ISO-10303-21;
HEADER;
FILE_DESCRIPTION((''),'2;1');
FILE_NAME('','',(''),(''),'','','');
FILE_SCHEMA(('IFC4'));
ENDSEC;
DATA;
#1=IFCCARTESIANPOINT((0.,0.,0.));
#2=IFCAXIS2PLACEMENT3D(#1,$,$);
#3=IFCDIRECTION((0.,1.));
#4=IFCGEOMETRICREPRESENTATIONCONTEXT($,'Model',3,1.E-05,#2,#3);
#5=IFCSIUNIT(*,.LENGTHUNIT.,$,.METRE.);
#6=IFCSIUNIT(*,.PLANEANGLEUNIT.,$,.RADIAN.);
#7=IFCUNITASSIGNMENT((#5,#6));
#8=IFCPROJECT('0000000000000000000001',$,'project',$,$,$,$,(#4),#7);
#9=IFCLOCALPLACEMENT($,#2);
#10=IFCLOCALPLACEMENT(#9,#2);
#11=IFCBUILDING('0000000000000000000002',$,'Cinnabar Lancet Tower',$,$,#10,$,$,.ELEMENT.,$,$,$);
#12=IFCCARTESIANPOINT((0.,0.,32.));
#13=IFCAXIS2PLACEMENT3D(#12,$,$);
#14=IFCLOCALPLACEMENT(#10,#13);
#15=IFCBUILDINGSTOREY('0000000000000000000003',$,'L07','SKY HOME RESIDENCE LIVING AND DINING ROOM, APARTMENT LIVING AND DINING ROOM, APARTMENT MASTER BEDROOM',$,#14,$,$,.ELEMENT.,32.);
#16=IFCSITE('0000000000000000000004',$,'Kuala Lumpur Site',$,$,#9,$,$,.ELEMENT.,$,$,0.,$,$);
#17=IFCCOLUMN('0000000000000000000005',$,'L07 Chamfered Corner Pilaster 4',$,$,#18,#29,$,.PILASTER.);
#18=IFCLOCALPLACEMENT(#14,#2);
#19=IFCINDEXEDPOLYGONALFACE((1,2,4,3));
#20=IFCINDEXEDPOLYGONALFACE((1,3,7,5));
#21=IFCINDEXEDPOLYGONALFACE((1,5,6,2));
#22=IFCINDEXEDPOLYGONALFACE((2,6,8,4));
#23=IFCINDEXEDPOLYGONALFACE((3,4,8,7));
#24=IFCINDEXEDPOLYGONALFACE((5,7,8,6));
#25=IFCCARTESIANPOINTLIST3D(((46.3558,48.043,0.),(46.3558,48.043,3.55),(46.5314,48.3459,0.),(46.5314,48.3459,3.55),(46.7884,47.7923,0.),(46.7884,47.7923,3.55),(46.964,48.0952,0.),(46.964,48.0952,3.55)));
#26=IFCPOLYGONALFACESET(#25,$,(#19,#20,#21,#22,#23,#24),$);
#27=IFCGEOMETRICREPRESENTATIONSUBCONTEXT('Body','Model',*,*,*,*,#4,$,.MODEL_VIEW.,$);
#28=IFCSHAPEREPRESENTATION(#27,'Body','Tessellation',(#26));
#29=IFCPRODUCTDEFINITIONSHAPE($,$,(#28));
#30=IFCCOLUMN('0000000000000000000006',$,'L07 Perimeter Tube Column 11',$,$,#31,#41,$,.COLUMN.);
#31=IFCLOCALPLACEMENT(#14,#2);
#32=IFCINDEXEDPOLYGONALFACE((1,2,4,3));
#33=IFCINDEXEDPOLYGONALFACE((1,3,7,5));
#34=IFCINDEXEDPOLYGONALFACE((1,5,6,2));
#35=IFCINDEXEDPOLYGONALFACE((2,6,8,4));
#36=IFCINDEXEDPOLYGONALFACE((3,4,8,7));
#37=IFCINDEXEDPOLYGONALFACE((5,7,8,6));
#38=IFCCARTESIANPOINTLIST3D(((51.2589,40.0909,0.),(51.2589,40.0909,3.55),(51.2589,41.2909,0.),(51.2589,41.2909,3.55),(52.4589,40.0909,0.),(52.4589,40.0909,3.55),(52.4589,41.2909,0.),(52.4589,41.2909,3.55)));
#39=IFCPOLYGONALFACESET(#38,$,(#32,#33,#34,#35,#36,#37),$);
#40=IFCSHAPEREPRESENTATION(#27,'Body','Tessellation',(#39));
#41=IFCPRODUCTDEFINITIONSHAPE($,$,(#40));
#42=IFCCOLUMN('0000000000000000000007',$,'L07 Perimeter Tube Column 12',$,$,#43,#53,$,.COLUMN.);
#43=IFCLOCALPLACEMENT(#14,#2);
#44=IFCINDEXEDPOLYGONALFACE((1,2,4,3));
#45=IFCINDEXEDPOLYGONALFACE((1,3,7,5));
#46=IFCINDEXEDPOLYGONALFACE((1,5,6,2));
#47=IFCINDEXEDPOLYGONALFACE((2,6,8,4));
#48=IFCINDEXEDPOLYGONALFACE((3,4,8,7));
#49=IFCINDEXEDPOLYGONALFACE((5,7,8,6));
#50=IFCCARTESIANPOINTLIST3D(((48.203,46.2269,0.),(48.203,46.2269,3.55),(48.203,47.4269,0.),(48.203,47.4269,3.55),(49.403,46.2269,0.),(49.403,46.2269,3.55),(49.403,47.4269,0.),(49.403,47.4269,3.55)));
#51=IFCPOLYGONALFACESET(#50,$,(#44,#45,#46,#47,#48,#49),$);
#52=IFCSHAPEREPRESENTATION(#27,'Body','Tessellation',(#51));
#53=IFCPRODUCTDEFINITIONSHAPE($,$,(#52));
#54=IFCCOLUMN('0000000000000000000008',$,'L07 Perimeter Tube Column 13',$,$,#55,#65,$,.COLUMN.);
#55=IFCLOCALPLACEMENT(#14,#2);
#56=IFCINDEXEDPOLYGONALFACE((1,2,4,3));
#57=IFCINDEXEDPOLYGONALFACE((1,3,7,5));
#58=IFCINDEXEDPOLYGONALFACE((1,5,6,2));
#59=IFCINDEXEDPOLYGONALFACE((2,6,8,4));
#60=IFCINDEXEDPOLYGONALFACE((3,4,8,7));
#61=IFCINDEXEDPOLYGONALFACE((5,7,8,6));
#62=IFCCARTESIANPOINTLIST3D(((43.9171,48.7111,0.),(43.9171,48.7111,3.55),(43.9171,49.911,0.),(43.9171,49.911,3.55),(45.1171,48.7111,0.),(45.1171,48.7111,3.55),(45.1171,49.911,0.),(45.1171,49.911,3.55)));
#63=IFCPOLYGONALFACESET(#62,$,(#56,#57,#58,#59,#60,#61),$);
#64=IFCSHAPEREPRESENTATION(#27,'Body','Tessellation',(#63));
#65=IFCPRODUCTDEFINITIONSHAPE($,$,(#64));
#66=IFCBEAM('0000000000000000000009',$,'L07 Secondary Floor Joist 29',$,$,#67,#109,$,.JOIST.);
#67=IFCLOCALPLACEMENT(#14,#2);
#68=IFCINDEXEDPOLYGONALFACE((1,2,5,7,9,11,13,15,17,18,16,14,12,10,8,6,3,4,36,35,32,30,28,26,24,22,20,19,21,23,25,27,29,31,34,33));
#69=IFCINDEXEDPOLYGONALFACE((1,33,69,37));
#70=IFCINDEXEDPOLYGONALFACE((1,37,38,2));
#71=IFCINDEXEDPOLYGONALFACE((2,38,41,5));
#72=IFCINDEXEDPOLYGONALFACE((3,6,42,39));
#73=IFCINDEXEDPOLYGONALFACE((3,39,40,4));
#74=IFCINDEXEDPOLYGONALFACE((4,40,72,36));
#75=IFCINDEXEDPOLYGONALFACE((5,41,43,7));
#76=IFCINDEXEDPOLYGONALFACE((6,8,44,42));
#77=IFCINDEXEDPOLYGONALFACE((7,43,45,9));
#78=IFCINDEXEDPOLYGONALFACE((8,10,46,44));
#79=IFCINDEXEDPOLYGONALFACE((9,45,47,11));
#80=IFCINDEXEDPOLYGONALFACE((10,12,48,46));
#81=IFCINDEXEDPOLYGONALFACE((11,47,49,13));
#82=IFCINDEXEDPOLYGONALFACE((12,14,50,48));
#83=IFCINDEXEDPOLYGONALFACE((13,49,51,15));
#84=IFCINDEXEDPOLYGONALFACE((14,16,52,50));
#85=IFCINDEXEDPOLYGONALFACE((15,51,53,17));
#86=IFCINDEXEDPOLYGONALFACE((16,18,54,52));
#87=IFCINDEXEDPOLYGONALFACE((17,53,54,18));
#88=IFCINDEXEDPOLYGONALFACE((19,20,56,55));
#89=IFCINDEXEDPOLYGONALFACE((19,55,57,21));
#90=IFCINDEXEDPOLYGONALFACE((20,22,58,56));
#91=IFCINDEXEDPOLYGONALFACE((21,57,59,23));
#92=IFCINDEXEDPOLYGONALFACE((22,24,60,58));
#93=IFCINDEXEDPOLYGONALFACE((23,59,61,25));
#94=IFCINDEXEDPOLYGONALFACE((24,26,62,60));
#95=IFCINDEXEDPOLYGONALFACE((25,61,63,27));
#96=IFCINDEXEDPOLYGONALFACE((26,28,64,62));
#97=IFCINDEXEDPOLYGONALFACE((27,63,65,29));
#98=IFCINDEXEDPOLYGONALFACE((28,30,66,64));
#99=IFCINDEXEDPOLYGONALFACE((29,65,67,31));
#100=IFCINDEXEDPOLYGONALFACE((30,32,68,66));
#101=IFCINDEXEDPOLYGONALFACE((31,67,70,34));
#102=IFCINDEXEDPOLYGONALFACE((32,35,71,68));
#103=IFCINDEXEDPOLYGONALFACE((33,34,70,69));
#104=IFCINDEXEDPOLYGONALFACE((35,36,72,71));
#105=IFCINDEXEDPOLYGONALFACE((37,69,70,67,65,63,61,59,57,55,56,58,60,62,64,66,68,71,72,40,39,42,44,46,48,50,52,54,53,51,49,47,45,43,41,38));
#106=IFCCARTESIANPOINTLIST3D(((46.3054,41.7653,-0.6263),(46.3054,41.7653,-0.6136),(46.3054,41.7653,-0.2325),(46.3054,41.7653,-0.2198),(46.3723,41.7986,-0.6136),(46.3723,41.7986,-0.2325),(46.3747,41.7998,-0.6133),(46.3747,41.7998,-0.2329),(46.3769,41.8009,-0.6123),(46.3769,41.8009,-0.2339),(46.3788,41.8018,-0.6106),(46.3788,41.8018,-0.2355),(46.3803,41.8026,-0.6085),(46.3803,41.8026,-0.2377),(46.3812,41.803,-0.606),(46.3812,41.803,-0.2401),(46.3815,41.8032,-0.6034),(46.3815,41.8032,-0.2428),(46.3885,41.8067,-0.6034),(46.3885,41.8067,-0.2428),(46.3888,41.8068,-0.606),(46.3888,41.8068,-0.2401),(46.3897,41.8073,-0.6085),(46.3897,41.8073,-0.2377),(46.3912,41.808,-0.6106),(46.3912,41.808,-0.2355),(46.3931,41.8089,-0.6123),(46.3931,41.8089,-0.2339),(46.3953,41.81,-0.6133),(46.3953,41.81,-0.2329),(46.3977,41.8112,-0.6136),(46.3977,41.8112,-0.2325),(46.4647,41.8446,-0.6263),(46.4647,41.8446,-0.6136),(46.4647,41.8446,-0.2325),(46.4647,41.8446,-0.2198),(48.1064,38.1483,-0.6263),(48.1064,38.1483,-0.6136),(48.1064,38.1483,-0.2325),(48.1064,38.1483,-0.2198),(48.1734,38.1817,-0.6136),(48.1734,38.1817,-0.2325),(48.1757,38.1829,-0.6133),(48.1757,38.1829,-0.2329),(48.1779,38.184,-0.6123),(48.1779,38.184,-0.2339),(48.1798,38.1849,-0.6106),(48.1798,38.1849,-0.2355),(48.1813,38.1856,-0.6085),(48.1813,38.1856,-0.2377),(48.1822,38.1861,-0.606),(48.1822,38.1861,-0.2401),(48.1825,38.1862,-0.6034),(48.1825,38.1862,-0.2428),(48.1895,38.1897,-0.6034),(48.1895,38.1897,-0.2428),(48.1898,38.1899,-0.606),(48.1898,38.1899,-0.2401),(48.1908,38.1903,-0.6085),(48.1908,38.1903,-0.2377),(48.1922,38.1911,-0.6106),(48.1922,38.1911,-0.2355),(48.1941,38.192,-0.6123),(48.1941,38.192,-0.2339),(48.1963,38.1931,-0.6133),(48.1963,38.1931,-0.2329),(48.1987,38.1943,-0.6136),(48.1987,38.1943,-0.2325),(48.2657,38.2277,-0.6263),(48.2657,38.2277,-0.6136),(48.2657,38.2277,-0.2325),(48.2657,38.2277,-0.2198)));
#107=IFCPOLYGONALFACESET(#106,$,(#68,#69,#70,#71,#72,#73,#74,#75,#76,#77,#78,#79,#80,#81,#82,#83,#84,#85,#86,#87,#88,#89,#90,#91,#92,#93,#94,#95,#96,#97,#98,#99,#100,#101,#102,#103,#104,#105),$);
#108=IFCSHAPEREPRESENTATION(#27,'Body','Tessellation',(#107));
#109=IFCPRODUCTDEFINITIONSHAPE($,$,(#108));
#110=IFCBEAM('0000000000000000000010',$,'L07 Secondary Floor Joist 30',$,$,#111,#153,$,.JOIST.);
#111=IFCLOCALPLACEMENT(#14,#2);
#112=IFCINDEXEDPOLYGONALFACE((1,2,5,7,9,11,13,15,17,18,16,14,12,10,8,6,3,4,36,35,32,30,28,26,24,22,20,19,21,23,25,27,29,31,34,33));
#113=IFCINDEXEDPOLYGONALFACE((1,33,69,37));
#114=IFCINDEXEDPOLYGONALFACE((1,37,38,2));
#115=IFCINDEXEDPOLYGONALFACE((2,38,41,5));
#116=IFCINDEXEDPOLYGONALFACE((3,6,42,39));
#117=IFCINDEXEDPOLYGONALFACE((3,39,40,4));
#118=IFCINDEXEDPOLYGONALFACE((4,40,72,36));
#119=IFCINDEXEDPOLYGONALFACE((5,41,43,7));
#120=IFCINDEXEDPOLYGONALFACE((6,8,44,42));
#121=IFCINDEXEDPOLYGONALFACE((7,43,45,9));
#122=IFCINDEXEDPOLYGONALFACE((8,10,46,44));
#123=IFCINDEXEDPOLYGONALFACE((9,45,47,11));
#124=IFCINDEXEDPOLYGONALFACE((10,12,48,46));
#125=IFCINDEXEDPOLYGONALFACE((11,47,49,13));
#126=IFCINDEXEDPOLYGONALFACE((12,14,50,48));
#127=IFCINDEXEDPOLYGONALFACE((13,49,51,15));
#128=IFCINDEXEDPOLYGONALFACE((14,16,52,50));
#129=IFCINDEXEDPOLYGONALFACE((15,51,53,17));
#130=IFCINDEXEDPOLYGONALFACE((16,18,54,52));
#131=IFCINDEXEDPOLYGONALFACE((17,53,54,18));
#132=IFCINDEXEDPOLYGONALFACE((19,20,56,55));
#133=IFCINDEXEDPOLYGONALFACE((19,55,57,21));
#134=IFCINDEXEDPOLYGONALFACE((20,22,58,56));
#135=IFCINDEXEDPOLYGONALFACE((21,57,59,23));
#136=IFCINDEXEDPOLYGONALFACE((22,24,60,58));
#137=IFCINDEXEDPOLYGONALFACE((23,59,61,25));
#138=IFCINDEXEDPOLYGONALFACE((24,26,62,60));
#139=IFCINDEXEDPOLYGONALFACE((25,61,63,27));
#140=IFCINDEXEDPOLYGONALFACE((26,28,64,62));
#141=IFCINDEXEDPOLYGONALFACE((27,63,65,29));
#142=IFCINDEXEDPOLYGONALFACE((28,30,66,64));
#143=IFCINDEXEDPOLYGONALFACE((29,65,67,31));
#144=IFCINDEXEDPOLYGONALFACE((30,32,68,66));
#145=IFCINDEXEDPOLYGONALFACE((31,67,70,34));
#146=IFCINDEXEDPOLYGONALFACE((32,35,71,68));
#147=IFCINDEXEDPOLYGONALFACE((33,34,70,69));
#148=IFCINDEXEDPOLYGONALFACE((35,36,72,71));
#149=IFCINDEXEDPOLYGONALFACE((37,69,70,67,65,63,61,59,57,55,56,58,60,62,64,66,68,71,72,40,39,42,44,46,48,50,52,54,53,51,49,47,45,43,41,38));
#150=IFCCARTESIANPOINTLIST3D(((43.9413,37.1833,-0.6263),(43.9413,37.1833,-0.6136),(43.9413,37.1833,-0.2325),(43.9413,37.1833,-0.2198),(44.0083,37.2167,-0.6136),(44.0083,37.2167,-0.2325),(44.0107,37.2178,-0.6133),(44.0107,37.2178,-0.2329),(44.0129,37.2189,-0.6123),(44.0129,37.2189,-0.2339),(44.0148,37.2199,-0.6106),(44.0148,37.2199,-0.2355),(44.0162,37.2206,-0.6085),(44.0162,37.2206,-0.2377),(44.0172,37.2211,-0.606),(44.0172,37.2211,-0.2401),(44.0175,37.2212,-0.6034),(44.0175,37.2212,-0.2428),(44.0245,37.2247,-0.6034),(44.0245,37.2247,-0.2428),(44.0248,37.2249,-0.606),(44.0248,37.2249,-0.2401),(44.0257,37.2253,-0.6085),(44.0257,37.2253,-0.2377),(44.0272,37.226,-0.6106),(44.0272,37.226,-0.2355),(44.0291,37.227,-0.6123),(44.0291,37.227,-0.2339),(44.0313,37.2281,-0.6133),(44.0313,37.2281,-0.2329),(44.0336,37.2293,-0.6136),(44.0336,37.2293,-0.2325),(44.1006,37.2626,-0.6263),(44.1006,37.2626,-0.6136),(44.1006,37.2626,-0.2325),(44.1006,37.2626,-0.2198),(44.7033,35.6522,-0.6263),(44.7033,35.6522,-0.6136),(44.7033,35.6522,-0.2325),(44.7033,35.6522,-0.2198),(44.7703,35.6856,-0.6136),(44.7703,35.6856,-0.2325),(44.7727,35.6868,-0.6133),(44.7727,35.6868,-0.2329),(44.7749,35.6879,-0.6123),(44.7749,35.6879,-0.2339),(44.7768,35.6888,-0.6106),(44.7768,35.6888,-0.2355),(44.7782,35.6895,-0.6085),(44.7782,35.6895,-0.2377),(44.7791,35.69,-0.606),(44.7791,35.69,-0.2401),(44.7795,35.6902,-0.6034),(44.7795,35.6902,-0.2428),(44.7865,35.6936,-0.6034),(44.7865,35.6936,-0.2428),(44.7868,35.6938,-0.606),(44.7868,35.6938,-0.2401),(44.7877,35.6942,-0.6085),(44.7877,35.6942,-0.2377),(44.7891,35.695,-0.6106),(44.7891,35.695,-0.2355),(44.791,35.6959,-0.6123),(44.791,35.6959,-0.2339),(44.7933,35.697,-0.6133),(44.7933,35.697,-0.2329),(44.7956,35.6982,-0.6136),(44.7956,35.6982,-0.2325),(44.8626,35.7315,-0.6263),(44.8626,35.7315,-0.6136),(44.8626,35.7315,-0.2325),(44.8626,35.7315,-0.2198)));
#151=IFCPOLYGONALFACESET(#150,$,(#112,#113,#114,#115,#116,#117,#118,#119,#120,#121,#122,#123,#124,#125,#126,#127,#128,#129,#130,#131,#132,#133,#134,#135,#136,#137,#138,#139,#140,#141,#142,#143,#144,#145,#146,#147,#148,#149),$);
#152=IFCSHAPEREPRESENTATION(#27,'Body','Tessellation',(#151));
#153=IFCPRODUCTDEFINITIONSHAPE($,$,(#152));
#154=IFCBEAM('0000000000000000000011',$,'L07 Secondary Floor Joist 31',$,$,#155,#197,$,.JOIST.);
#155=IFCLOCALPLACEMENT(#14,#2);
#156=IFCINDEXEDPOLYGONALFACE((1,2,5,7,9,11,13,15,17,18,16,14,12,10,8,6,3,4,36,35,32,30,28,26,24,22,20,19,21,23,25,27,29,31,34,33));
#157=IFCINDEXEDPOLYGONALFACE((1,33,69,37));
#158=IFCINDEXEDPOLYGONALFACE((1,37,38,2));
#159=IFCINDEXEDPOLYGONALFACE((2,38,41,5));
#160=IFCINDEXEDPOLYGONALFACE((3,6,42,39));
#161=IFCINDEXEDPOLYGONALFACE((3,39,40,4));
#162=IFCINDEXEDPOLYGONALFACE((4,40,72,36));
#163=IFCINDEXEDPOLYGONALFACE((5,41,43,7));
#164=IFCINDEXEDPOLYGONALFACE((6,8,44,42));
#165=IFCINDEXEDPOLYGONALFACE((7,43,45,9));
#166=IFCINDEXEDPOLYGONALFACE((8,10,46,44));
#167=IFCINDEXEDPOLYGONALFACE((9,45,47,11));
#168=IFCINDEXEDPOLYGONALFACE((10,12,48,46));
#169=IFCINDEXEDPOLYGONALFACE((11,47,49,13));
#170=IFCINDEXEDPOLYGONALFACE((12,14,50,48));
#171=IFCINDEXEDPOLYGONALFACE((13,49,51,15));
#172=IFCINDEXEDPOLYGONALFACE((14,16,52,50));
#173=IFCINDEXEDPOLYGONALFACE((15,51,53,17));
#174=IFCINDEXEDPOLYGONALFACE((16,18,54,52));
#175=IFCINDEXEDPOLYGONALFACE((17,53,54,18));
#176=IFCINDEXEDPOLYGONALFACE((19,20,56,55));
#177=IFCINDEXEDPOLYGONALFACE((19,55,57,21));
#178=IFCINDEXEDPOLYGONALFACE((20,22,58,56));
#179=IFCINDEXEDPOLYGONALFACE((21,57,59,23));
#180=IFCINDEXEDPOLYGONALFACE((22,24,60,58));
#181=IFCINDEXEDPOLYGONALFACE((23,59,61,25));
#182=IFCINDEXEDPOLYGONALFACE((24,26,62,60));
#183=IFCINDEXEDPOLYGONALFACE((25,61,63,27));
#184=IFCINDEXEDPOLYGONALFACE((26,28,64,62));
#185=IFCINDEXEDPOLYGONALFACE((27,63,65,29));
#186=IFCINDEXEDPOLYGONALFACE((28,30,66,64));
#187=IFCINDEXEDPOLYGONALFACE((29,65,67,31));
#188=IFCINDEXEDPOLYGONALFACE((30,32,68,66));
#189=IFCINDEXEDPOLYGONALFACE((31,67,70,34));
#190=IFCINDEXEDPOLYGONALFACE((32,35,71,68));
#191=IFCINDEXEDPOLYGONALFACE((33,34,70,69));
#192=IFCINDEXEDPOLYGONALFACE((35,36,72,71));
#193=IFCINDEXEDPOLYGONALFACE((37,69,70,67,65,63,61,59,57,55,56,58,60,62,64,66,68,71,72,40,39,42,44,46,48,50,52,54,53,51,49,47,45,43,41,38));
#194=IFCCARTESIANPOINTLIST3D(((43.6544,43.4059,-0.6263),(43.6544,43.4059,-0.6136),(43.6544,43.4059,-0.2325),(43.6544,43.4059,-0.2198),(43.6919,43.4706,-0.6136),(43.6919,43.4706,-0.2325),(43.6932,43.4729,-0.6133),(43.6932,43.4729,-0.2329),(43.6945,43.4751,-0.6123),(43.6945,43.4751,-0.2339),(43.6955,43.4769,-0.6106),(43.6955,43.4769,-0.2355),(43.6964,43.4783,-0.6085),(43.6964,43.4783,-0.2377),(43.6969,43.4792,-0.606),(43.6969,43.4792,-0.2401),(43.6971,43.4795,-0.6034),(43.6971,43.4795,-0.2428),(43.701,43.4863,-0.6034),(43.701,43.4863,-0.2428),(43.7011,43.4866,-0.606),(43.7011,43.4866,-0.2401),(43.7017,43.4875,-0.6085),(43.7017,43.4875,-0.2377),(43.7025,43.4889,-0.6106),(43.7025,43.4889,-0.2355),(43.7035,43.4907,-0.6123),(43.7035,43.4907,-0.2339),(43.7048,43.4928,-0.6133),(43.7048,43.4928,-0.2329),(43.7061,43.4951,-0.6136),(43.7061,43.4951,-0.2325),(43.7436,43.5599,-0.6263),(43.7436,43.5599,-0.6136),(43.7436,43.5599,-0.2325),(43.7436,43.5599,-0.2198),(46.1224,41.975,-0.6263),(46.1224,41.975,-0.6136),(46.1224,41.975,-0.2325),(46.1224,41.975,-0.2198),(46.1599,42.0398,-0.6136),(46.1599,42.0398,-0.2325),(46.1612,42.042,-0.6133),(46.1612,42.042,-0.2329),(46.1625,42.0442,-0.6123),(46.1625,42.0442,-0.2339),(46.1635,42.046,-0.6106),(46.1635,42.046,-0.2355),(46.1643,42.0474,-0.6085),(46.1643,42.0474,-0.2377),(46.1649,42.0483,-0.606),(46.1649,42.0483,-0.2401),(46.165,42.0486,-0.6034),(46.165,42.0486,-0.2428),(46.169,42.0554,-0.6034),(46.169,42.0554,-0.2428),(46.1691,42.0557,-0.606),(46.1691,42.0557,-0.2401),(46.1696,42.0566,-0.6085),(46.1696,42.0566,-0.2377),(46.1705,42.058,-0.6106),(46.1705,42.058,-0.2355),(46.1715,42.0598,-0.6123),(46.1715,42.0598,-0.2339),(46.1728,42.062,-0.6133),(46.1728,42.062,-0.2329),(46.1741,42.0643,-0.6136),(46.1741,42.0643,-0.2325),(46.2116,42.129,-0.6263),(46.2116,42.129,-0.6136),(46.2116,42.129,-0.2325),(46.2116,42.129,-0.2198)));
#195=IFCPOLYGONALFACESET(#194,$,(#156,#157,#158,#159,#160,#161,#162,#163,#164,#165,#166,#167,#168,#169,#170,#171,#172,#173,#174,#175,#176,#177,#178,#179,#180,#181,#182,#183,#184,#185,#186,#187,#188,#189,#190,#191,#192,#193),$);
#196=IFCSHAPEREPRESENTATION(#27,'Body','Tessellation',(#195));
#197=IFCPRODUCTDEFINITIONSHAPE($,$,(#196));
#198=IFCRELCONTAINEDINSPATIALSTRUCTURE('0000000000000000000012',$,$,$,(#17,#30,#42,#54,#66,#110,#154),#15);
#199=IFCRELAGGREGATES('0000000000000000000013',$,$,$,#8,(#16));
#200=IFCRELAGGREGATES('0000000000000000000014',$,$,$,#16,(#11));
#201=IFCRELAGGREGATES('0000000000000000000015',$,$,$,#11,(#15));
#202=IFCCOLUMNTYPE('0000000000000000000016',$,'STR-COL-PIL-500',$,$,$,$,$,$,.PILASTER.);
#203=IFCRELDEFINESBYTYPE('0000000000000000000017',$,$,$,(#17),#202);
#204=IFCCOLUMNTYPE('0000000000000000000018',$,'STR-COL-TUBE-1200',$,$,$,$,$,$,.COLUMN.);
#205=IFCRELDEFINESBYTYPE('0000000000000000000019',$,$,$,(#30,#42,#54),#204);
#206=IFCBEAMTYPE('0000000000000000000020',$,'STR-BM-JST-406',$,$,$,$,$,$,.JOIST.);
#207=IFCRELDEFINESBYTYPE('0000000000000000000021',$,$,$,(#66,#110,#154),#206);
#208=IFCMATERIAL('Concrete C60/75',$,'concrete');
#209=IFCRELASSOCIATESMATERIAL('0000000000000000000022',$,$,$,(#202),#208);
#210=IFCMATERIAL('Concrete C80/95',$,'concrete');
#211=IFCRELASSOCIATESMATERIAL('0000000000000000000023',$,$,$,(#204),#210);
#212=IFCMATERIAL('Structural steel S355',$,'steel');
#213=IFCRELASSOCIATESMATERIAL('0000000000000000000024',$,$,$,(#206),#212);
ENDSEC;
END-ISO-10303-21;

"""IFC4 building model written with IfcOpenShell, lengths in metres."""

from ifc_helpers import new_model, si_unit, direction, frame, origin, origin_2d, place, context, subcontext, project, spatial, rectangle, i_section, extrude, material, material_profile, profile_set, type_object, element, save


model = new_model("IFC4")

# Units and contexts
model_context = context("Model", 3, precision=1e-05, world=origin(), true_north=direction((0.0, 1.0)))
body_context = subcontext(model_context, "Body", "Model", "MODEL_VIEW")
ifc_project = project(units=[si_unit("LENGTHUNIT", "METRE"), si_unit("PLANEANGLEUNIT", "RADIAN")], contexts=[model_context])

# Site, building, storey
site_placement = place(None, origin())
site = spatial("IfcSite", under=ifc_project, at=site_placement, Name="Kuala Lumpur Site", CompositionType="ELEMENT", RefElevation=0.0)
building_placement = place(site_placement, origin())
building = spatial("IfcBuilding", under=site, at=building_placement, Name="Cinnabar Lancet Tower", CompositionType="ELEMENT")
storey_placement = place(building_placement, frame((0.0, 0.0, 32.0)))
storey = spatial("IfcBuildingStorey", under=building, at=storey_placement, Name="L07", Description="SKY HOME RESIDENCE LIVING AND DINING ROOM, APARTMENT LIVING AND DINING ROOM, APARTMENT MASTER BEDROOM", CompositionType="ELEMENT", Elevation=32.0)

# Columns
ifc_material_1 = material(Name="Concrete C60/75", Category="concrete")
ifc_material_profile_1 = material_profile(ifc_material_1, rectangle(XDim=0.5, YDim=0.3501, at=origin_2d()), Name="RC-PIL 500x350")
ifc_profile_set_1 = profile_set([ifc_material_profile_1], Name="Concrete C60/75")
column_type_1 = type_object("IfcColumnType", Name="STR-COL-PIL-500", PredefinedType="PILASTER", material=ifc_profile_set_1)
column_placement = place(storey_placement, frame((46.6599, 48.0691, 0.0), z_axis=(0.0, 0.0, 1.0), x_axis=(-0.865195, 0.501435, 0.0)))
element("IfcColumn", 1, at=column_placement, inside=storey, type_object=column_type_1, Name="L07 Chamfered Corner Pilaster 4", PredefinedType="PILASTER", context=body_context, shape_type="SweptSolid", body=[
    extrude(rectangle(XDim=0.5, YDim=0.3501, at=origin_2d()), origin(), (0.0, 0.0, 1.0), 3.55),
])
ifc_material_2 = material(Name="Concrete C80/95", Category="concrete")
ifc_material_profile_2 = material_profile(ifc_material_2, rectangle(XDim=1.2, YDim=1.2, at=origin_2d()), Name="RC-COL 1200x1200")
ifc_profile_set_2 = profile_set([ifc_material_profile_2], Name="Concrete C80/95")
column_type_2 = type_object("IfcColumnType", Name="STR-COL-TUBE-1200", PredefinedType="COLUMN", material=ifc_profile_set_2)
for number, where, z_axis, x_axis, name in (
    (2, (51.8589, 40.6909, 0.0), (0.0, 0.0, 1.0), (1.0, 0.0, 0.0), "L07 Perimeter Tube Column 11"),
    (3, (48.803, 46.8269, 0.0), (0.0, 0.0, 1.0), (1.0, 0.0, 0.0), "L07 Perimeter Tube Column 12"),
    (4, (44.5171, 49.311, 0.0), (0.0, 0.0, 1.0), (1.0, 0.0, 0.0), "L07 Perimeter Tube Column 13"),
):
    element("IfcColumn", number, at=place(storey_placement, frame(where, z_axis=z_axis, x_axis=x_axis)), inside=storey, type_object=column_type_2, Name=name, PredefinedType="COLUMN", context=body_context, shape_type="SweptSolid", body=[
        extrude(rectangle(XDim=1.2, YDim=1.2, at=origin_2d()), origin(), (0.0, 0.0, 1.0), 3.55),
    ])

# Beams
ifc_material_3 = material(Name="Structural steel S355", Category="steel")
ifc_material_profile_3 = material_profile(ifc_material_3, i_section(OverallWidth=0.178, OverallDepth=0.4065, WebThickness=0.0078, FlangeThickness=0.0127, FilletRadius=0.0103, at=origin_2d()), Name="UKB 406x178x60")
ifc_profile_set_3 = profile_set([ifc_material_profile_3], Name="Structural steel S355")
beam_type_1 = type_object("IfcBeamType", Name="STR-BM-JST-406", PredefinedType="JOIST", material=ifc_profile_set_3)
beam_1_placement = place(storey_placement, frame((48.186, 38.188, -0.4231), z_axis=(-0.445739, 0.895163, 0.0), x_axis=(-0.895163, -0.445739, 0.0)))
element("IfcBeam", 5, at=beam_1_placement, inside=storey, type_object=beam_type_1, Name="L07 Secondary Floor Joist 29", PredefinedType="JOIST", context=body_context, shape_type="SweptSolid", body=[
    extrude(i_section(OverallWidth=0.178, OverallDepth=0.4065, WebThickness=0.0078, FlangeThickness=0.0127, FilletRadius=0.0103, at=origin_2d()), origin(), (0.0, 0.0, 1.0), 4.0405),
])
beam_2_placement = place(storey_placement, frame((44.783, 35.6919, -0.4231), z_axis=(-0.445557, 0.895254, 0.0), x_axis=(-0.895254, -0.445557, 0.0)))
element("IfcBeam", 6, at=beam_2_placement, inside=storey, type_object=beam_type_1, Name="L07 Secondary Floor Joist 30", PredefinedType="JOIST", context=body_context, shape_type="SweptSolid", body=[
    extrude(i_section(OverallWidth=0.178, OverallDepth=0.4065, WebThickness=0.0078, FlangeThickness=0.0127, FilletRadius=0.0103, at=origin_2d()), origin(), (0.0, 0.0, 1.0), 1.7102),
])
beam_3_placement = place(storey_placement, frame((46.167, 42.052, -0.4231), z_axis=(-0.865114, 0.501576, 0.0), x_axis=(-0.501576, -0.865114, 0.0)))
element("IfcBeam", 7, at=beam_3_placement, inside=storey, type_object=beam_type_1, Name="L07 Secondary Floor Joist 31", PredefinedType="JOIST", context=body_context, shape_type="SweptSolid", body=[
    extrude(i_section(OverallWidth=0.178, OverallDepth=0.4065, WebThickness=0.0078, FlangeThickness=0.0127, FilletRadius=0.0103, at=origin_2d()), origin(), (0.0, 0.0, 1.0), 2.8528),
])

save(model, "model.ifc")
